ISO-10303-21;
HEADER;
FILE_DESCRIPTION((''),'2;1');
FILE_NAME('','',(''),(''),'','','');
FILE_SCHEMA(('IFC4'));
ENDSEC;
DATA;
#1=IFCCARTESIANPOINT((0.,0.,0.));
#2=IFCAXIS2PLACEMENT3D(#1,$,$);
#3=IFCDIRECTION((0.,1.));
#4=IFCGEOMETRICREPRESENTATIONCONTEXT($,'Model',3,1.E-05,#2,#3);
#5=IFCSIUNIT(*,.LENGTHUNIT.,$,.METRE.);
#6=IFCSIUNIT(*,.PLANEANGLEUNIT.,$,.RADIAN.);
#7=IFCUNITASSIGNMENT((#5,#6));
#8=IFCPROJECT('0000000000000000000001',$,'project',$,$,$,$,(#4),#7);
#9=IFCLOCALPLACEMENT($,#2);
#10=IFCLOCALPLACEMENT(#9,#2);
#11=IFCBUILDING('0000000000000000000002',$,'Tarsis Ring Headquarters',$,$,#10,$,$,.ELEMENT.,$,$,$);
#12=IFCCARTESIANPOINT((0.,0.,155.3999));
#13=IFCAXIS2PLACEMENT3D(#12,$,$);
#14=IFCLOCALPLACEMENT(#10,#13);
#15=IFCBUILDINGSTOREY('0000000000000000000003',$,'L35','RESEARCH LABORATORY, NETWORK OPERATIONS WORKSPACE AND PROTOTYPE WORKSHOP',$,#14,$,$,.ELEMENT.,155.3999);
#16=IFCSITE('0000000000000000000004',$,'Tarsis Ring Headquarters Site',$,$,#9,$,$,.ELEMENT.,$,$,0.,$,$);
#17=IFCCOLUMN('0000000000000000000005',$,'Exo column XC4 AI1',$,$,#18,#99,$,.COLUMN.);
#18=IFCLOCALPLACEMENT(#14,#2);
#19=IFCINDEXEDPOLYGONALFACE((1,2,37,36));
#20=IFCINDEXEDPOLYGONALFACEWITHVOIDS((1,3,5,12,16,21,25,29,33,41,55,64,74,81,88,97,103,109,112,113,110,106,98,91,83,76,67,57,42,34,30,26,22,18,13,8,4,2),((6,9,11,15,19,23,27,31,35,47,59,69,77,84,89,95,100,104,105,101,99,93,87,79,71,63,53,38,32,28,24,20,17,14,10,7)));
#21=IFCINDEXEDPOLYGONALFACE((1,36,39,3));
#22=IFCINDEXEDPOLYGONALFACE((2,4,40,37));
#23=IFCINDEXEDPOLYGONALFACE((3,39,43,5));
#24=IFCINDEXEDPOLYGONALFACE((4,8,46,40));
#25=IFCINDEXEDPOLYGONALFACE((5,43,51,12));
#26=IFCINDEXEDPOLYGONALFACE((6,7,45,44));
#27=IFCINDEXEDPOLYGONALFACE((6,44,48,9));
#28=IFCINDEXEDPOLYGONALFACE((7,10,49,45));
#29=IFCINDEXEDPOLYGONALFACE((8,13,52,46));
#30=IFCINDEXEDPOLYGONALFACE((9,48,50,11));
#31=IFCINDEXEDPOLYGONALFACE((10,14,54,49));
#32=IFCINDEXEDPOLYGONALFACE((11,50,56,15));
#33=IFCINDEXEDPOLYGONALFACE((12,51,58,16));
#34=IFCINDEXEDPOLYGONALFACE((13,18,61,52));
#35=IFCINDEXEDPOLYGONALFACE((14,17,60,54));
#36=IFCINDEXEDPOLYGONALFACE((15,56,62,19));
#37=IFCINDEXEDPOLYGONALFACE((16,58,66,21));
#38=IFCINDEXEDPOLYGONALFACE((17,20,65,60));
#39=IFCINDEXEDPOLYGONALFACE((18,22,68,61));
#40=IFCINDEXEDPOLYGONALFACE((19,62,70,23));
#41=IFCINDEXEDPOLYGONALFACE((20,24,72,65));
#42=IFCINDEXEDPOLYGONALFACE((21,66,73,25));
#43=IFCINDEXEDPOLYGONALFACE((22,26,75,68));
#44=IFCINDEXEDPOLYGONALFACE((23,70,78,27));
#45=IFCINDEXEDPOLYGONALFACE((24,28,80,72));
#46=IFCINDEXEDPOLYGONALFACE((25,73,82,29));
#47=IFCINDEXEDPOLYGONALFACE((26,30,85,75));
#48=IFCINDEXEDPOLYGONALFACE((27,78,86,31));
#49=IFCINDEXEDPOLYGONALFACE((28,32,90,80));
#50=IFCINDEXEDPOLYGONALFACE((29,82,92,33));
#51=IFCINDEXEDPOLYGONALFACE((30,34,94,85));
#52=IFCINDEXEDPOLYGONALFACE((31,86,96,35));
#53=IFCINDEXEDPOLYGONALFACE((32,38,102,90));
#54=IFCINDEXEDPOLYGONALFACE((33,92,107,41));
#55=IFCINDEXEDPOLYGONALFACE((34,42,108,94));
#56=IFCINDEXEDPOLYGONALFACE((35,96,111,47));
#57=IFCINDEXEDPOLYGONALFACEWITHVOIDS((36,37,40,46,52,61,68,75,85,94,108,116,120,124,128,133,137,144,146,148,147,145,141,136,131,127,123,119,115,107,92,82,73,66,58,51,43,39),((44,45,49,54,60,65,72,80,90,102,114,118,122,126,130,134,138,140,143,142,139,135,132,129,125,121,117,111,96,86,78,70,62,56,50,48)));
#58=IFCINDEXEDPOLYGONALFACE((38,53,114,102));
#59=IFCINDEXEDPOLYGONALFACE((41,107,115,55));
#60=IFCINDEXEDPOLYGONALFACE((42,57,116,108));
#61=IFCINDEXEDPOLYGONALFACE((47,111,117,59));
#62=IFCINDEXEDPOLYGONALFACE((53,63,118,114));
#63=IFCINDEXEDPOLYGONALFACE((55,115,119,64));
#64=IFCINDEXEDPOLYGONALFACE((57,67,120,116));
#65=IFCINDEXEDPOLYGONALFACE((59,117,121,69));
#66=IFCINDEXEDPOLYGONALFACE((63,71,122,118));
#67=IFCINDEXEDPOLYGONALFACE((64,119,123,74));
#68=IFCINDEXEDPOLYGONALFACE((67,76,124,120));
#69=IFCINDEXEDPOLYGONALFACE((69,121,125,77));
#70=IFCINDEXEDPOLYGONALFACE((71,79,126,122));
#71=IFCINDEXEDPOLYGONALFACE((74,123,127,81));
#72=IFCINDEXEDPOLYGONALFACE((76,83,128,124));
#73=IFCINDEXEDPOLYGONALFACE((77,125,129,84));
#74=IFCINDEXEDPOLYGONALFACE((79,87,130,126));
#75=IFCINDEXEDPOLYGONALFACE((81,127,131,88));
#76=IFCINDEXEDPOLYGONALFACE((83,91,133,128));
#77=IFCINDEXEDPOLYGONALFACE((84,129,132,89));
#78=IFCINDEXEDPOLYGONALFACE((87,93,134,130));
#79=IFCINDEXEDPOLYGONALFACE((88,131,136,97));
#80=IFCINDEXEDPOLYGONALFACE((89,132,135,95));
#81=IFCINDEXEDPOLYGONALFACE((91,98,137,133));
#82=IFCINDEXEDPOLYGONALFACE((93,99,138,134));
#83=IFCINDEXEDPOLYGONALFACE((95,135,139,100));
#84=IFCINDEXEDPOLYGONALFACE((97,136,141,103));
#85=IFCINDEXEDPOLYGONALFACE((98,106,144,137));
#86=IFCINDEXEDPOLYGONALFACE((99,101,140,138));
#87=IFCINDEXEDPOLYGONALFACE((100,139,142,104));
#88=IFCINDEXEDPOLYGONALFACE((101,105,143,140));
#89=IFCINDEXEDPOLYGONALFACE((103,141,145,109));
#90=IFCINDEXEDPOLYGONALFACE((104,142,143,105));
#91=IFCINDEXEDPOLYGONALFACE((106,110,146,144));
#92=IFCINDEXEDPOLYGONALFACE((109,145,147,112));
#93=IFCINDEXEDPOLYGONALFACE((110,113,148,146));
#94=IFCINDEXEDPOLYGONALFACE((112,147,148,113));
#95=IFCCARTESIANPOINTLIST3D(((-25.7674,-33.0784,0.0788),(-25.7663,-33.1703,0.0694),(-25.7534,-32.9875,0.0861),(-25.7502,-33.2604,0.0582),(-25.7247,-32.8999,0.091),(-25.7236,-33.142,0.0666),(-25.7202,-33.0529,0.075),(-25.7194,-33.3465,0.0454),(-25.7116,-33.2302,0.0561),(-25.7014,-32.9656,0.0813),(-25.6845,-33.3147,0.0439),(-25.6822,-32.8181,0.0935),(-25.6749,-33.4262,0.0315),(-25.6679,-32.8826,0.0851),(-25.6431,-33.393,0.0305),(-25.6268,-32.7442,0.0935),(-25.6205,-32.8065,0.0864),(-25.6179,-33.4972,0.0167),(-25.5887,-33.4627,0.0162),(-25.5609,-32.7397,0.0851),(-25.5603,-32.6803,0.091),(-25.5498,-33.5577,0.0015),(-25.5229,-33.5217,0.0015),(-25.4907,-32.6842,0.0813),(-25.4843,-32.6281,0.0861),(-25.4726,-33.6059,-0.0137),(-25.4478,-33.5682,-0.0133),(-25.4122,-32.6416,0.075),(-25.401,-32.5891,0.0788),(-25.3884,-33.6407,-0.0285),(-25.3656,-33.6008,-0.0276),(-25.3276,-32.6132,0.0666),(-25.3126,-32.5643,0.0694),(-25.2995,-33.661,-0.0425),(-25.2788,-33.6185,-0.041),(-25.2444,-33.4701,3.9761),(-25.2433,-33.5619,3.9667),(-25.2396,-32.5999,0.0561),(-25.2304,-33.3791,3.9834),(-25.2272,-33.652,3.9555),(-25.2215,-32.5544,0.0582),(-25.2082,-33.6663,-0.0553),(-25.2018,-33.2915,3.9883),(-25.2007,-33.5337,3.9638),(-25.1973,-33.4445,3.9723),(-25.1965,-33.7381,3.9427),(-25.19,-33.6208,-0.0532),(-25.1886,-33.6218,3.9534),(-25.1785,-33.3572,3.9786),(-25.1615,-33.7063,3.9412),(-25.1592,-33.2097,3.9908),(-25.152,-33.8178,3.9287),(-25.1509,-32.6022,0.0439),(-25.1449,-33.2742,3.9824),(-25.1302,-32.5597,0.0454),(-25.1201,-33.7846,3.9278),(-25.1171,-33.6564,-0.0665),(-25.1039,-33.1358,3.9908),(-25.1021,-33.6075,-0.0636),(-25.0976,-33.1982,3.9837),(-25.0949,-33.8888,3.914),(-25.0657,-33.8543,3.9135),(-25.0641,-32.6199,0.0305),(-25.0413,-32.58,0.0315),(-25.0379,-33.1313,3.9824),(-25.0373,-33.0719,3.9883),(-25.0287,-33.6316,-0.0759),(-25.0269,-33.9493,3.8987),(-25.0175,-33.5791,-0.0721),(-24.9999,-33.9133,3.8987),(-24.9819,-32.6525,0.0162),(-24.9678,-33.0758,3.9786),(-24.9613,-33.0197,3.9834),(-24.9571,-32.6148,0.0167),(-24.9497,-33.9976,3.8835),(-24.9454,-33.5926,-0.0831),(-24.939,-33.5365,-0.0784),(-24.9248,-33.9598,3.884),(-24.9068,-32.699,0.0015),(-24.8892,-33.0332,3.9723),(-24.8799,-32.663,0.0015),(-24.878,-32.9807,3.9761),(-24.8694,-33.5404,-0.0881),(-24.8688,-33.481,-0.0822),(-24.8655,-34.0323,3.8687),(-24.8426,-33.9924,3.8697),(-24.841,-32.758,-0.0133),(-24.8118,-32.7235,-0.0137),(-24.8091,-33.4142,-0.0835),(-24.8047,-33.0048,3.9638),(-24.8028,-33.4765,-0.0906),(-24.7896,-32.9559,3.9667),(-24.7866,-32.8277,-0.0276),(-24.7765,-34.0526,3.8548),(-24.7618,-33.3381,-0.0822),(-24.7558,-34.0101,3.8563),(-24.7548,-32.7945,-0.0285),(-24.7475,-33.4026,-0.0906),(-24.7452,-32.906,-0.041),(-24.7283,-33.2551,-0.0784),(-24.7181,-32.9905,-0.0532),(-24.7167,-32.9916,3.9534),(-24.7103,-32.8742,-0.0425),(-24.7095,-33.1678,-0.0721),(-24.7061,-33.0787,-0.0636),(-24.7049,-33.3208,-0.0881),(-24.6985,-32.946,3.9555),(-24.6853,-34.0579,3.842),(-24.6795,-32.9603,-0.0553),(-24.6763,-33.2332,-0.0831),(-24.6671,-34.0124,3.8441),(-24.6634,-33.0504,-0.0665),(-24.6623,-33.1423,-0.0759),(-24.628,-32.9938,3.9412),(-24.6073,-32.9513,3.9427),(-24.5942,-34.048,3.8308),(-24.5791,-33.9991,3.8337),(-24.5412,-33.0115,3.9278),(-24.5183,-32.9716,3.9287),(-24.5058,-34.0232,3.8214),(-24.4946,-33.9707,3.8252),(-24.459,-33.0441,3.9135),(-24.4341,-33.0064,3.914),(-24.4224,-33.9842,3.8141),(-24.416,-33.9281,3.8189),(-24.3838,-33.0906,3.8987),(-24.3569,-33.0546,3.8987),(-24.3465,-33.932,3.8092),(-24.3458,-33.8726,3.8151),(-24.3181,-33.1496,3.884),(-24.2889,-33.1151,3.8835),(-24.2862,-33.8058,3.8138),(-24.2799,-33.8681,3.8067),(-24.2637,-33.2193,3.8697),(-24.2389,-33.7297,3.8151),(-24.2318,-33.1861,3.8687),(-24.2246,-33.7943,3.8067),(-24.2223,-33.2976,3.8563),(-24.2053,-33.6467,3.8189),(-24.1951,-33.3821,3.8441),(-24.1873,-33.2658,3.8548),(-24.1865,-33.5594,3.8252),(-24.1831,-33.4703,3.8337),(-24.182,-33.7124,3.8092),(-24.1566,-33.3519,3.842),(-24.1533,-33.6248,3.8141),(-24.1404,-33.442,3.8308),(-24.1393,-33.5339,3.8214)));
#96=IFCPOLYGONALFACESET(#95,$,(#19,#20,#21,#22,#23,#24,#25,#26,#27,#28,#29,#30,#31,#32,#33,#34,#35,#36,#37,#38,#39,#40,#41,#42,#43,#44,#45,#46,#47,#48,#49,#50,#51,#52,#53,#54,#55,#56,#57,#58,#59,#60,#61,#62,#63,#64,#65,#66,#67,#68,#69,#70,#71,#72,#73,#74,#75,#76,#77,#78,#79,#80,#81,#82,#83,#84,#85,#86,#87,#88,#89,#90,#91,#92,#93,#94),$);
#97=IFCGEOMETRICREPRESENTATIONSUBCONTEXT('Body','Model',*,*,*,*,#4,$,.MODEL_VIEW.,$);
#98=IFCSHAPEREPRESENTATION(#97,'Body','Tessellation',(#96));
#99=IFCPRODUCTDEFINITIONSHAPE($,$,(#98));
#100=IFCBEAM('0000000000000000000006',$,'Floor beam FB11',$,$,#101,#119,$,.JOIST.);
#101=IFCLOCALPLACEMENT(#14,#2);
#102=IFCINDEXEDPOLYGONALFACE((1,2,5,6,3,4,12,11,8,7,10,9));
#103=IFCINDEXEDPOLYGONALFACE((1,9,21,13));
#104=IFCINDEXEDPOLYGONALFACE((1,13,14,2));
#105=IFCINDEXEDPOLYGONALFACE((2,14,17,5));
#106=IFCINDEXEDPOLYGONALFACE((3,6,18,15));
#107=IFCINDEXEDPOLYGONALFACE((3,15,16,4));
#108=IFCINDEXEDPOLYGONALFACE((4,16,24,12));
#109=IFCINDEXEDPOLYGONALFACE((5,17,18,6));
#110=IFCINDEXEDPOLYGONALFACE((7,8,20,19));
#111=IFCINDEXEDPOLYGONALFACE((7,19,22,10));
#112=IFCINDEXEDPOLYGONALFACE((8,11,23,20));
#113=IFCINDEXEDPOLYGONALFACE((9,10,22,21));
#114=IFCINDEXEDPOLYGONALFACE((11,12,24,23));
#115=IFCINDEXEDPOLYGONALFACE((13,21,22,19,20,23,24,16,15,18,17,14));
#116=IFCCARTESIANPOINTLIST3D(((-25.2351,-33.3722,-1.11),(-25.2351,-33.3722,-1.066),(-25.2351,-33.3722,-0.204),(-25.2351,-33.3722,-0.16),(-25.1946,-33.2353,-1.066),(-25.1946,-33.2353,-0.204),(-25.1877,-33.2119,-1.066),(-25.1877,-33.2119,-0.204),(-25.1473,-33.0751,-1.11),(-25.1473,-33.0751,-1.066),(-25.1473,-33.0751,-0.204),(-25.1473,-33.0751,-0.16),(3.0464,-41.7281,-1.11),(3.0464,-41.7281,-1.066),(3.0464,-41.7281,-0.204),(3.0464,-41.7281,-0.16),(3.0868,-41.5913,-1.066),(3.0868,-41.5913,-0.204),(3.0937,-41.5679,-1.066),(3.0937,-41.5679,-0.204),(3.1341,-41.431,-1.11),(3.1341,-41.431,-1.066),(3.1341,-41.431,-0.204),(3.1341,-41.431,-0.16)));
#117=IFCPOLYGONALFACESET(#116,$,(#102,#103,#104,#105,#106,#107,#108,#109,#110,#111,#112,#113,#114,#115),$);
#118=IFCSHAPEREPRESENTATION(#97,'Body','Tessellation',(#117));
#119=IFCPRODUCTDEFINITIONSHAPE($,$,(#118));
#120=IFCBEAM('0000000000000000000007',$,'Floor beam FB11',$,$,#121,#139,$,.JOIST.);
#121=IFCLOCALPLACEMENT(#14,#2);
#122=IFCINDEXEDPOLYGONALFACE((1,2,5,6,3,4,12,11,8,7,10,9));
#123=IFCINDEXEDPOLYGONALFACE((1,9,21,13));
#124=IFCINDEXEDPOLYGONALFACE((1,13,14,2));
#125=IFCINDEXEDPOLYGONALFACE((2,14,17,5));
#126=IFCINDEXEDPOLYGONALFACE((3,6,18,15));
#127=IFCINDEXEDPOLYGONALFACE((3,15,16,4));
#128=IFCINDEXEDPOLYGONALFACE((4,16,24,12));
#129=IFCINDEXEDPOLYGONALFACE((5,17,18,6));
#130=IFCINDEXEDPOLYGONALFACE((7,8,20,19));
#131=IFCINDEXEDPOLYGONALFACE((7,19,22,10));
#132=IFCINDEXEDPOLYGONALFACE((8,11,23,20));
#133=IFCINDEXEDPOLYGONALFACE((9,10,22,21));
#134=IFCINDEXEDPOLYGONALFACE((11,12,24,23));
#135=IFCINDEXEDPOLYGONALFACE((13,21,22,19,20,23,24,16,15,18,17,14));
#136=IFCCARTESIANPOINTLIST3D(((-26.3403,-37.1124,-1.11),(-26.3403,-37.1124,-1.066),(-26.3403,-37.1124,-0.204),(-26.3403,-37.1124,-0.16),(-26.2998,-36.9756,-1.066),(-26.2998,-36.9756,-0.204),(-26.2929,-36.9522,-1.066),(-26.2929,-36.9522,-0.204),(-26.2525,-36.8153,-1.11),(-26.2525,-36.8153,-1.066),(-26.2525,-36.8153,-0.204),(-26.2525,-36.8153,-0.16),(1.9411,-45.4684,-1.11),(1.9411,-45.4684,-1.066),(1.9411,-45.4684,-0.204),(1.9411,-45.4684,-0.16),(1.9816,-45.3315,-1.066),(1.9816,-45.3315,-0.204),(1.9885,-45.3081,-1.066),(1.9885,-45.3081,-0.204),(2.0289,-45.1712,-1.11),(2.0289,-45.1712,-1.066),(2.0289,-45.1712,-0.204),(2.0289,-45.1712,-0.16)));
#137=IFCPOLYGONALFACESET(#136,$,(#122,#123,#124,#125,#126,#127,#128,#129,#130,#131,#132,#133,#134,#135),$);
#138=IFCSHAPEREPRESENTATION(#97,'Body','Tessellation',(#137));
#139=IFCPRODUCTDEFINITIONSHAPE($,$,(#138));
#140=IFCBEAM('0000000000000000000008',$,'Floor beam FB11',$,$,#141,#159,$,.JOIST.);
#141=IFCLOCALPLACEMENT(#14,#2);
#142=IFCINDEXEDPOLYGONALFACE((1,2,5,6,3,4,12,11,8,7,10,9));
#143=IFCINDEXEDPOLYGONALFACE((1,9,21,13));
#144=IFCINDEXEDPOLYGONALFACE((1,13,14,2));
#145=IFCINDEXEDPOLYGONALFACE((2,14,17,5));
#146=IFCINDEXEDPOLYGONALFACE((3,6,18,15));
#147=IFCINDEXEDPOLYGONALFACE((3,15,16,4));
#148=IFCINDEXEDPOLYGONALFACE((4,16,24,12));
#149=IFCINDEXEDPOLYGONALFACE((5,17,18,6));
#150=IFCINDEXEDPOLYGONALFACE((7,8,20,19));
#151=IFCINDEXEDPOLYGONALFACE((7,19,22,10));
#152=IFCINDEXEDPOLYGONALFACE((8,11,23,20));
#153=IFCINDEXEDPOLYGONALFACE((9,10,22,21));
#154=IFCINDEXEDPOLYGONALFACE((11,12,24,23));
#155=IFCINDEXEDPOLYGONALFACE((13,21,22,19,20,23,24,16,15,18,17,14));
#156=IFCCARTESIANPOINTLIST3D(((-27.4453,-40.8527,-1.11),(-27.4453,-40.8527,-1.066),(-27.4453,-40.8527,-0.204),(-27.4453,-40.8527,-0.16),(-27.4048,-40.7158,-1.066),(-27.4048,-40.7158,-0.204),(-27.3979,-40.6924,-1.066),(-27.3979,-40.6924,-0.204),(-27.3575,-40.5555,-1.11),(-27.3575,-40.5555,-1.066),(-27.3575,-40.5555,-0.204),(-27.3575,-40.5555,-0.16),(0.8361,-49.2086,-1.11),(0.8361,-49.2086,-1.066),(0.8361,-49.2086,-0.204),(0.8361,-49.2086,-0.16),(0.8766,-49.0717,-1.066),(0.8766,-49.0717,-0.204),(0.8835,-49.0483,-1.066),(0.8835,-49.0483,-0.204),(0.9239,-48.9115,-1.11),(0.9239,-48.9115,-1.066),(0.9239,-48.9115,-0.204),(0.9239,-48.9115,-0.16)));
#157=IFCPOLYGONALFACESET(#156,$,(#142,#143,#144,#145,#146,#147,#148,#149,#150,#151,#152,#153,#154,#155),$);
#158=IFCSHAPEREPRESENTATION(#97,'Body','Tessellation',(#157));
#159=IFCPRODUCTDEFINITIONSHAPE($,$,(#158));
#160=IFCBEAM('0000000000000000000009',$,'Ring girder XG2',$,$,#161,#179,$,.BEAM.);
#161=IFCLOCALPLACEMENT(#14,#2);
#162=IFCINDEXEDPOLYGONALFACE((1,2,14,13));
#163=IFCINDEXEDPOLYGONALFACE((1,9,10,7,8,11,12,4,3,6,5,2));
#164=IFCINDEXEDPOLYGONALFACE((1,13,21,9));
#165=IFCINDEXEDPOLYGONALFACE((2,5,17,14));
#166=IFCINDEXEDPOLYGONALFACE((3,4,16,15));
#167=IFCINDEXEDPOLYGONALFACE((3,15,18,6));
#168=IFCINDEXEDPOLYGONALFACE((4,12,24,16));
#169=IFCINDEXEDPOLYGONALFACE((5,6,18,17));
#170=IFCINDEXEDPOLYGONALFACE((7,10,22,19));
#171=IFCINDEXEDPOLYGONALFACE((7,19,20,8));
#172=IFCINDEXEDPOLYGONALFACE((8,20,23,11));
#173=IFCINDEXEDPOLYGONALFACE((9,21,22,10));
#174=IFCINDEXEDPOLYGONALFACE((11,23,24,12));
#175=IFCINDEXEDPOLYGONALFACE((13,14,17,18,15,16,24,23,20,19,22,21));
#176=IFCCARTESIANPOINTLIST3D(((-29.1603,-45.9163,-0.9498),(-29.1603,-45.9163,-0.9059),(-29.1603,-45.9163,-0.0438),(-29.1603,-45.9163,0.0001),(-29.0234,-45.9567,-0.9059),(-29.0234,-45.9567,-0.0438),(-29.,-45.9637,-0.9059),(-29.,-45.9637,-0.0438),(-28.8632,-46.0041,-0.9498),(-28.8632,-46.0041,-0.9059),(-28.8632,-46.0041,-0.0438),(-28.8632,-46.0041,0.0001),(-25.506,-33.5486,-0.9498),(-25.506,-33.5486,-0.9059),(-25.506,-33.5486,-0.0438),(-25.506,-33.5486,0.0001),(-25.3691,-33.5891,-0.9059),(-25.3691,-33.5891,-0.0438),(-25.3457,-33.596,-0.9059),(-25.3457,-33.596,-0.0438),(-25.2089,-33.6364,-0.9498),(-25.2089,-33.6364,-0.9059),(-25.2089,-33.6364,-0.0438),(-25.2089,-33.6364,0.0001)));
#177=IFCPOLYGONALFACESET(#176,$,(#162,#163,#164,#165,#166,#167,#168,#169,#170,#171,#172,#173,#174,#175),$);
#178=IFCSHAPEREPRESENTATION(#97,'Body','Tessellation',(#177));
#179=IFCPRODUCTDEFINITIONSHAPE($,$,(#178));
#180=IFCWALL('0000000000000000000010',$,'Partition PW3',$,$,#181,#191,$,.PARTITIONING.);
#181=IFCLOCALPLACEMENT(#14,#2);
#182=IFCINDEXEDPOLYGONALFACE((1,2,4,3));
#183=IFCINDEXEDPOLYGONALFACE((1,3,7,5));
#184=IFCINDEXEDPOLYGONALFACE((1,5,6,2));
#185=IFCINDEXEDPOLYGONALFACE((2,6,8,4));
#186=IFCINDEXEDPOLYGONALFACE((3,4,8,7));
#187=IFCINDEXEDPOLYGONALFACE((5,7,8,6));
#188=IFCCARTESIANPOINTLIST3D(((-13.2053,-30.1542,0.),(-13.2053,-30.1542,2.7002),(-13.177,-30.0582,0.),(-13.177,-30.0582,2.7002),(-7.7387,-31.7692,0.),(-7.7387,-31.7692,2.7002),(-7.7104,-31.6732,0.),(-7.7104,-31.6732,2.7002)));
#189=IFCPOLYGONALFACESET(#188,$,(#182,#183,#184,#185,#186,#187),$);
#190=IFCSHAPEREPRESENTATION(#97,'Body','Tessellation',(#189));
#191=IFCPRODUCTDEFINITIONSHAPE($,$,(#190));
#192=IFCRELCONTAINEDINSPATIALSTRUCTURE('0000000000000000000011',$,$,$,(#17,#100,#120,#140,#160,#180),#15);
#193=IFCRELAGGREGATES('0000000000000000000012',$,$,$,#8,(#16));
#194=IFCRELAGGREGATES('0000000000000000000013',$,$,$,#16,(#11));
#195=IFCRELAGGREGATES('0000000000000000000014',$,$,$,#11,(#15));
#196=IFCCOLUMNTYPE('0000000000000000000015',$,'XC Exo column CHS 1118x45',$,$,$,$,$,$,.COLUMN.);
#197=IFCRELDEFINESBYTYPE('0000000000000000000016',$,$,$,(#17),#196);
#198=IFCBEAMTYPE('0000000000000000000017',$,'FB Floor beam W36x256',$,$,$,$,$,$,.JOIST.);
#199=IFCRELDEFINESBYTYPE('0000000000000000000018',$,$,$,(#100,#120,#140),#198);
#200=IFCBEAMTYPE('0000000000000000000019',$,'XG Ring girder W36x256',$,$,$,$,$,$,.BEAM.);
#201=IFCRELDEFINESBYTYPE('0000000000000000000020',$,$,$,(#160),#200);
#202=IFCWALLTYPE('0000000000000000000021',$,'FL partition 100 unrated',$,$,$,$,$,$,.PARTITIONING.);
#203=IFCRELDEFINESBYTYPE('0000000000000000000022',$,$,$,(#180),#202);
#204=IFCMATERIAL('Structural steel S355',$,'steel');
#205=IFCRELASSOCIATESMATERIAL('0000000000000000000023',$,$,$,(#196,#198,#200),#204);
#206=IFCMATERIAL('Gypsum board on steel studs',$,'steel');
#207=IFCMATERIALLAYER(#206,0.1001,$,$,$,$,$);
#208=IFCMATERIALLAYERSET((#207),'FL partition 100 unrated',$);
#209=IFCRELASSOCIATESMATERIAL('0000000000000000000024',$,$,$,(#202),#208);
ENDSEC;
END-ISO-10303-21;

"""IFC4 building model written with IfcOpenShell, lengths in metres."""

from ifc_helpers import new_model, si_unit, direction, frame, frame_2d, origin, origin_2d, place, context, subcontext, project, spatial, rectangle, hollow_circle, i_section, extrude, material, layer, layer_set, material_profile, profile_set, type_object, element, save


model = new_model("IFC4")

# Units and contexts
model_context = context("Model", 3, precision=1e-05, world=origin(), true_north=direction((0.0, 1.0)))
body_context = subcontext(model_context, "Body", "Model", "MODEL_VIEW")
ifc_project = project(units=[si_unit("LENGTHUNIT", "METRE"), si_unit("PLANEANGLEUNIT", "RADIAN")], contexts=[model_context])

# Site, building, storey
site_placement = place(None, origin())
site = spatial("IfcSite", under=ifc_project, at=site_placement, Name="Tarsis Ring Headquarters Site", CompositionType="ELEMENT", RefElevation=0.0)
building_placement = place(site_placement, origin())
building = spatial("IfcBuilding", under=site, at=building_placement, Name="Tarsis Ring Headquarters", CompositionType="ELEMENT")
storey_placement = place(building_placement, frame((0.0, 0.0, 155.3999)))
storey = spatial("IfcBuildingStorey", under=building, at=storey_placement, Name="L35", Description="RESEARCH LABORATORY, NETWORK OPERATIONS WORKSPACE AND PROTOTYPE WORKSHOP", CompositionType="ELEMENT", Elevation=155.3999)

# Column
ifc_material_1 = material(Name="Structural steel S355", Category="steel")
ifc_material_profile_1 = material_profile(ifc_material_1, hollow_circle(Radius=0.5588, WallThickness=0.0449, at=origin_2d()), Name="CHS 1118x45")
ifc_profile_set_1 = profile_set([ifc_material_profile_1], Name="Structural steel S355")
column_type = type_object("IfcColumnType", Name="XC Exo column CHS 1118x45", PredefinedType="COLUMN", material=ifc_profile_set_1)
column_placement = place(storey_placement, frame((-25.2148, -33.1104, 0.0015), z_axis=(0.132339, -0.0991, 0.986238), x_axis=(0.599402, 0.800448, 0.0)))
element("IfcColumn", 1, at=column_placement, inside=storey, type_object=column_type, Name="Exo column XC4 AI1", PredefinedType="COLUMN", context=body_context, shape_type="SweptSolid", body=[
    extrude(hollow_circle(Radius=0.5588, WallThickness=0.0449, at=origin_2d()), origin(), (0.0, 0.0, 1.0), 3.9517),
])

# Beams
ifc_material_profile_2 = material_profile(ifc_material_1, i_section(OverallWidth=0.3098, OverallDepth=0.95, WebThickness=0.0244, FlangeThickness=0.0439, at=origin_2d()), Name="W36x256")
ifc_profile_set_2 = profile_set([ifc_material_profile_2], Name="Structural steel S355")
beam_type_1 = type_object("IfcBeamType", Name="FB Floor beam W36x256", PredefinedType="JOIST", material=ifc_profile_set_2)
for number, where, z_axis, x_axis, name in (
    (2, (-25.1912, -33.2236, -0.635), (0.959017, -0.283348, 0.0), (0.283348, 0.959017, 0.0), "Floor beam FB11"),
    (3, (-26.2964, -36.9639, -0.635), (0.959017, -0.283348, 0.0), (0.283348, 0.959017, 0.0), "Floor beam FB11"),
    (4, (-27.4014, -40.7041, -0.635), (0.959017, -0.283348, 0.0), (0.283348, 0.959017, 0.0), "Floor beam FB11"),
):
    element("IfcBeam", number, at=place(storey_placement, frame(where, z_axis=z_axis, x_axis=x_axis)), inside=storey, type_object=beam_type_1, Name=name, PredefinedType="JOIST", context=body_context, shape_type="SweptSolid", body=[
        extrude(i_section(OverallWidth=0.3098, OverallDepth=0.95, WebThickness=0.0244, FlangeThickness=0.0439, at=origin_2d()), origin(), (0.0, 0.0, 1.0), 29.49),
    ])
beam_type_2 = type_object("IfcBeamType", Name="XG Ring girder W36x256", PredefinedType="BEAM", material=ifc_profile_set_2)
beam_placement = place(storey_placement, frame((-25.3574, -33.5925, -0.4749), z_axis=(-0.283361, -0.959013, 0.0), x_axis=(0.959013, -0.283361, 0.0)))
element("IfcBeam", 5, at=beam_placement, inside=storey, type_object=beam_type_2, Name="Ring girder XG2", PredefinedType="BEAM", context=body_context, shape_type="SweptSolid", body=[
    extrude(i_section(OverallWidth=0.3098, OverallDepth=0.95, WebThickness=0.0244, FlangeThickness=0.0439, at=origin_2d()), origin(), (0.0, 0.0, 1.0), 12.8962),
])

# Wall
ifc_material_2 = material(Name="Gypsum board on steel studs", Category="steel")
ifc_layer_1 = layer(ifc_material_2, 0.1001)
ifc_layer_set_1 = layer_set([ifc_layer_1], Name="FL partition 100 unrated")
wall_type_1 = type_object("IfcWallType", Name="FL partition 100 unrated", PredefinedType="PARTITIONING", material=ifc_layer_set_1)
wall_1_placement = place(storey_placement, frame((-13.1912, -30.1062, 0.0), z_axis=(0.0, 0.0, 1.0), x_axis=(0.959024, -0.283326, 0.0)))
element("IfcWall", 6, at=wall_1_placement, inside=storey, type_object=wall_type_1, Name="Partition PW3", PredefinedType="PARTITIONING", context=body_context, shape_type="SweptSolid", body=[
    extrude(rectangle(XDim=5.7002, YDim=0.1001, at=frame_2d((2.8501, 0.0))), origin(), (0.0, 0.0, 1.0), 2.7002),
])

save(model, "model.ifc")
